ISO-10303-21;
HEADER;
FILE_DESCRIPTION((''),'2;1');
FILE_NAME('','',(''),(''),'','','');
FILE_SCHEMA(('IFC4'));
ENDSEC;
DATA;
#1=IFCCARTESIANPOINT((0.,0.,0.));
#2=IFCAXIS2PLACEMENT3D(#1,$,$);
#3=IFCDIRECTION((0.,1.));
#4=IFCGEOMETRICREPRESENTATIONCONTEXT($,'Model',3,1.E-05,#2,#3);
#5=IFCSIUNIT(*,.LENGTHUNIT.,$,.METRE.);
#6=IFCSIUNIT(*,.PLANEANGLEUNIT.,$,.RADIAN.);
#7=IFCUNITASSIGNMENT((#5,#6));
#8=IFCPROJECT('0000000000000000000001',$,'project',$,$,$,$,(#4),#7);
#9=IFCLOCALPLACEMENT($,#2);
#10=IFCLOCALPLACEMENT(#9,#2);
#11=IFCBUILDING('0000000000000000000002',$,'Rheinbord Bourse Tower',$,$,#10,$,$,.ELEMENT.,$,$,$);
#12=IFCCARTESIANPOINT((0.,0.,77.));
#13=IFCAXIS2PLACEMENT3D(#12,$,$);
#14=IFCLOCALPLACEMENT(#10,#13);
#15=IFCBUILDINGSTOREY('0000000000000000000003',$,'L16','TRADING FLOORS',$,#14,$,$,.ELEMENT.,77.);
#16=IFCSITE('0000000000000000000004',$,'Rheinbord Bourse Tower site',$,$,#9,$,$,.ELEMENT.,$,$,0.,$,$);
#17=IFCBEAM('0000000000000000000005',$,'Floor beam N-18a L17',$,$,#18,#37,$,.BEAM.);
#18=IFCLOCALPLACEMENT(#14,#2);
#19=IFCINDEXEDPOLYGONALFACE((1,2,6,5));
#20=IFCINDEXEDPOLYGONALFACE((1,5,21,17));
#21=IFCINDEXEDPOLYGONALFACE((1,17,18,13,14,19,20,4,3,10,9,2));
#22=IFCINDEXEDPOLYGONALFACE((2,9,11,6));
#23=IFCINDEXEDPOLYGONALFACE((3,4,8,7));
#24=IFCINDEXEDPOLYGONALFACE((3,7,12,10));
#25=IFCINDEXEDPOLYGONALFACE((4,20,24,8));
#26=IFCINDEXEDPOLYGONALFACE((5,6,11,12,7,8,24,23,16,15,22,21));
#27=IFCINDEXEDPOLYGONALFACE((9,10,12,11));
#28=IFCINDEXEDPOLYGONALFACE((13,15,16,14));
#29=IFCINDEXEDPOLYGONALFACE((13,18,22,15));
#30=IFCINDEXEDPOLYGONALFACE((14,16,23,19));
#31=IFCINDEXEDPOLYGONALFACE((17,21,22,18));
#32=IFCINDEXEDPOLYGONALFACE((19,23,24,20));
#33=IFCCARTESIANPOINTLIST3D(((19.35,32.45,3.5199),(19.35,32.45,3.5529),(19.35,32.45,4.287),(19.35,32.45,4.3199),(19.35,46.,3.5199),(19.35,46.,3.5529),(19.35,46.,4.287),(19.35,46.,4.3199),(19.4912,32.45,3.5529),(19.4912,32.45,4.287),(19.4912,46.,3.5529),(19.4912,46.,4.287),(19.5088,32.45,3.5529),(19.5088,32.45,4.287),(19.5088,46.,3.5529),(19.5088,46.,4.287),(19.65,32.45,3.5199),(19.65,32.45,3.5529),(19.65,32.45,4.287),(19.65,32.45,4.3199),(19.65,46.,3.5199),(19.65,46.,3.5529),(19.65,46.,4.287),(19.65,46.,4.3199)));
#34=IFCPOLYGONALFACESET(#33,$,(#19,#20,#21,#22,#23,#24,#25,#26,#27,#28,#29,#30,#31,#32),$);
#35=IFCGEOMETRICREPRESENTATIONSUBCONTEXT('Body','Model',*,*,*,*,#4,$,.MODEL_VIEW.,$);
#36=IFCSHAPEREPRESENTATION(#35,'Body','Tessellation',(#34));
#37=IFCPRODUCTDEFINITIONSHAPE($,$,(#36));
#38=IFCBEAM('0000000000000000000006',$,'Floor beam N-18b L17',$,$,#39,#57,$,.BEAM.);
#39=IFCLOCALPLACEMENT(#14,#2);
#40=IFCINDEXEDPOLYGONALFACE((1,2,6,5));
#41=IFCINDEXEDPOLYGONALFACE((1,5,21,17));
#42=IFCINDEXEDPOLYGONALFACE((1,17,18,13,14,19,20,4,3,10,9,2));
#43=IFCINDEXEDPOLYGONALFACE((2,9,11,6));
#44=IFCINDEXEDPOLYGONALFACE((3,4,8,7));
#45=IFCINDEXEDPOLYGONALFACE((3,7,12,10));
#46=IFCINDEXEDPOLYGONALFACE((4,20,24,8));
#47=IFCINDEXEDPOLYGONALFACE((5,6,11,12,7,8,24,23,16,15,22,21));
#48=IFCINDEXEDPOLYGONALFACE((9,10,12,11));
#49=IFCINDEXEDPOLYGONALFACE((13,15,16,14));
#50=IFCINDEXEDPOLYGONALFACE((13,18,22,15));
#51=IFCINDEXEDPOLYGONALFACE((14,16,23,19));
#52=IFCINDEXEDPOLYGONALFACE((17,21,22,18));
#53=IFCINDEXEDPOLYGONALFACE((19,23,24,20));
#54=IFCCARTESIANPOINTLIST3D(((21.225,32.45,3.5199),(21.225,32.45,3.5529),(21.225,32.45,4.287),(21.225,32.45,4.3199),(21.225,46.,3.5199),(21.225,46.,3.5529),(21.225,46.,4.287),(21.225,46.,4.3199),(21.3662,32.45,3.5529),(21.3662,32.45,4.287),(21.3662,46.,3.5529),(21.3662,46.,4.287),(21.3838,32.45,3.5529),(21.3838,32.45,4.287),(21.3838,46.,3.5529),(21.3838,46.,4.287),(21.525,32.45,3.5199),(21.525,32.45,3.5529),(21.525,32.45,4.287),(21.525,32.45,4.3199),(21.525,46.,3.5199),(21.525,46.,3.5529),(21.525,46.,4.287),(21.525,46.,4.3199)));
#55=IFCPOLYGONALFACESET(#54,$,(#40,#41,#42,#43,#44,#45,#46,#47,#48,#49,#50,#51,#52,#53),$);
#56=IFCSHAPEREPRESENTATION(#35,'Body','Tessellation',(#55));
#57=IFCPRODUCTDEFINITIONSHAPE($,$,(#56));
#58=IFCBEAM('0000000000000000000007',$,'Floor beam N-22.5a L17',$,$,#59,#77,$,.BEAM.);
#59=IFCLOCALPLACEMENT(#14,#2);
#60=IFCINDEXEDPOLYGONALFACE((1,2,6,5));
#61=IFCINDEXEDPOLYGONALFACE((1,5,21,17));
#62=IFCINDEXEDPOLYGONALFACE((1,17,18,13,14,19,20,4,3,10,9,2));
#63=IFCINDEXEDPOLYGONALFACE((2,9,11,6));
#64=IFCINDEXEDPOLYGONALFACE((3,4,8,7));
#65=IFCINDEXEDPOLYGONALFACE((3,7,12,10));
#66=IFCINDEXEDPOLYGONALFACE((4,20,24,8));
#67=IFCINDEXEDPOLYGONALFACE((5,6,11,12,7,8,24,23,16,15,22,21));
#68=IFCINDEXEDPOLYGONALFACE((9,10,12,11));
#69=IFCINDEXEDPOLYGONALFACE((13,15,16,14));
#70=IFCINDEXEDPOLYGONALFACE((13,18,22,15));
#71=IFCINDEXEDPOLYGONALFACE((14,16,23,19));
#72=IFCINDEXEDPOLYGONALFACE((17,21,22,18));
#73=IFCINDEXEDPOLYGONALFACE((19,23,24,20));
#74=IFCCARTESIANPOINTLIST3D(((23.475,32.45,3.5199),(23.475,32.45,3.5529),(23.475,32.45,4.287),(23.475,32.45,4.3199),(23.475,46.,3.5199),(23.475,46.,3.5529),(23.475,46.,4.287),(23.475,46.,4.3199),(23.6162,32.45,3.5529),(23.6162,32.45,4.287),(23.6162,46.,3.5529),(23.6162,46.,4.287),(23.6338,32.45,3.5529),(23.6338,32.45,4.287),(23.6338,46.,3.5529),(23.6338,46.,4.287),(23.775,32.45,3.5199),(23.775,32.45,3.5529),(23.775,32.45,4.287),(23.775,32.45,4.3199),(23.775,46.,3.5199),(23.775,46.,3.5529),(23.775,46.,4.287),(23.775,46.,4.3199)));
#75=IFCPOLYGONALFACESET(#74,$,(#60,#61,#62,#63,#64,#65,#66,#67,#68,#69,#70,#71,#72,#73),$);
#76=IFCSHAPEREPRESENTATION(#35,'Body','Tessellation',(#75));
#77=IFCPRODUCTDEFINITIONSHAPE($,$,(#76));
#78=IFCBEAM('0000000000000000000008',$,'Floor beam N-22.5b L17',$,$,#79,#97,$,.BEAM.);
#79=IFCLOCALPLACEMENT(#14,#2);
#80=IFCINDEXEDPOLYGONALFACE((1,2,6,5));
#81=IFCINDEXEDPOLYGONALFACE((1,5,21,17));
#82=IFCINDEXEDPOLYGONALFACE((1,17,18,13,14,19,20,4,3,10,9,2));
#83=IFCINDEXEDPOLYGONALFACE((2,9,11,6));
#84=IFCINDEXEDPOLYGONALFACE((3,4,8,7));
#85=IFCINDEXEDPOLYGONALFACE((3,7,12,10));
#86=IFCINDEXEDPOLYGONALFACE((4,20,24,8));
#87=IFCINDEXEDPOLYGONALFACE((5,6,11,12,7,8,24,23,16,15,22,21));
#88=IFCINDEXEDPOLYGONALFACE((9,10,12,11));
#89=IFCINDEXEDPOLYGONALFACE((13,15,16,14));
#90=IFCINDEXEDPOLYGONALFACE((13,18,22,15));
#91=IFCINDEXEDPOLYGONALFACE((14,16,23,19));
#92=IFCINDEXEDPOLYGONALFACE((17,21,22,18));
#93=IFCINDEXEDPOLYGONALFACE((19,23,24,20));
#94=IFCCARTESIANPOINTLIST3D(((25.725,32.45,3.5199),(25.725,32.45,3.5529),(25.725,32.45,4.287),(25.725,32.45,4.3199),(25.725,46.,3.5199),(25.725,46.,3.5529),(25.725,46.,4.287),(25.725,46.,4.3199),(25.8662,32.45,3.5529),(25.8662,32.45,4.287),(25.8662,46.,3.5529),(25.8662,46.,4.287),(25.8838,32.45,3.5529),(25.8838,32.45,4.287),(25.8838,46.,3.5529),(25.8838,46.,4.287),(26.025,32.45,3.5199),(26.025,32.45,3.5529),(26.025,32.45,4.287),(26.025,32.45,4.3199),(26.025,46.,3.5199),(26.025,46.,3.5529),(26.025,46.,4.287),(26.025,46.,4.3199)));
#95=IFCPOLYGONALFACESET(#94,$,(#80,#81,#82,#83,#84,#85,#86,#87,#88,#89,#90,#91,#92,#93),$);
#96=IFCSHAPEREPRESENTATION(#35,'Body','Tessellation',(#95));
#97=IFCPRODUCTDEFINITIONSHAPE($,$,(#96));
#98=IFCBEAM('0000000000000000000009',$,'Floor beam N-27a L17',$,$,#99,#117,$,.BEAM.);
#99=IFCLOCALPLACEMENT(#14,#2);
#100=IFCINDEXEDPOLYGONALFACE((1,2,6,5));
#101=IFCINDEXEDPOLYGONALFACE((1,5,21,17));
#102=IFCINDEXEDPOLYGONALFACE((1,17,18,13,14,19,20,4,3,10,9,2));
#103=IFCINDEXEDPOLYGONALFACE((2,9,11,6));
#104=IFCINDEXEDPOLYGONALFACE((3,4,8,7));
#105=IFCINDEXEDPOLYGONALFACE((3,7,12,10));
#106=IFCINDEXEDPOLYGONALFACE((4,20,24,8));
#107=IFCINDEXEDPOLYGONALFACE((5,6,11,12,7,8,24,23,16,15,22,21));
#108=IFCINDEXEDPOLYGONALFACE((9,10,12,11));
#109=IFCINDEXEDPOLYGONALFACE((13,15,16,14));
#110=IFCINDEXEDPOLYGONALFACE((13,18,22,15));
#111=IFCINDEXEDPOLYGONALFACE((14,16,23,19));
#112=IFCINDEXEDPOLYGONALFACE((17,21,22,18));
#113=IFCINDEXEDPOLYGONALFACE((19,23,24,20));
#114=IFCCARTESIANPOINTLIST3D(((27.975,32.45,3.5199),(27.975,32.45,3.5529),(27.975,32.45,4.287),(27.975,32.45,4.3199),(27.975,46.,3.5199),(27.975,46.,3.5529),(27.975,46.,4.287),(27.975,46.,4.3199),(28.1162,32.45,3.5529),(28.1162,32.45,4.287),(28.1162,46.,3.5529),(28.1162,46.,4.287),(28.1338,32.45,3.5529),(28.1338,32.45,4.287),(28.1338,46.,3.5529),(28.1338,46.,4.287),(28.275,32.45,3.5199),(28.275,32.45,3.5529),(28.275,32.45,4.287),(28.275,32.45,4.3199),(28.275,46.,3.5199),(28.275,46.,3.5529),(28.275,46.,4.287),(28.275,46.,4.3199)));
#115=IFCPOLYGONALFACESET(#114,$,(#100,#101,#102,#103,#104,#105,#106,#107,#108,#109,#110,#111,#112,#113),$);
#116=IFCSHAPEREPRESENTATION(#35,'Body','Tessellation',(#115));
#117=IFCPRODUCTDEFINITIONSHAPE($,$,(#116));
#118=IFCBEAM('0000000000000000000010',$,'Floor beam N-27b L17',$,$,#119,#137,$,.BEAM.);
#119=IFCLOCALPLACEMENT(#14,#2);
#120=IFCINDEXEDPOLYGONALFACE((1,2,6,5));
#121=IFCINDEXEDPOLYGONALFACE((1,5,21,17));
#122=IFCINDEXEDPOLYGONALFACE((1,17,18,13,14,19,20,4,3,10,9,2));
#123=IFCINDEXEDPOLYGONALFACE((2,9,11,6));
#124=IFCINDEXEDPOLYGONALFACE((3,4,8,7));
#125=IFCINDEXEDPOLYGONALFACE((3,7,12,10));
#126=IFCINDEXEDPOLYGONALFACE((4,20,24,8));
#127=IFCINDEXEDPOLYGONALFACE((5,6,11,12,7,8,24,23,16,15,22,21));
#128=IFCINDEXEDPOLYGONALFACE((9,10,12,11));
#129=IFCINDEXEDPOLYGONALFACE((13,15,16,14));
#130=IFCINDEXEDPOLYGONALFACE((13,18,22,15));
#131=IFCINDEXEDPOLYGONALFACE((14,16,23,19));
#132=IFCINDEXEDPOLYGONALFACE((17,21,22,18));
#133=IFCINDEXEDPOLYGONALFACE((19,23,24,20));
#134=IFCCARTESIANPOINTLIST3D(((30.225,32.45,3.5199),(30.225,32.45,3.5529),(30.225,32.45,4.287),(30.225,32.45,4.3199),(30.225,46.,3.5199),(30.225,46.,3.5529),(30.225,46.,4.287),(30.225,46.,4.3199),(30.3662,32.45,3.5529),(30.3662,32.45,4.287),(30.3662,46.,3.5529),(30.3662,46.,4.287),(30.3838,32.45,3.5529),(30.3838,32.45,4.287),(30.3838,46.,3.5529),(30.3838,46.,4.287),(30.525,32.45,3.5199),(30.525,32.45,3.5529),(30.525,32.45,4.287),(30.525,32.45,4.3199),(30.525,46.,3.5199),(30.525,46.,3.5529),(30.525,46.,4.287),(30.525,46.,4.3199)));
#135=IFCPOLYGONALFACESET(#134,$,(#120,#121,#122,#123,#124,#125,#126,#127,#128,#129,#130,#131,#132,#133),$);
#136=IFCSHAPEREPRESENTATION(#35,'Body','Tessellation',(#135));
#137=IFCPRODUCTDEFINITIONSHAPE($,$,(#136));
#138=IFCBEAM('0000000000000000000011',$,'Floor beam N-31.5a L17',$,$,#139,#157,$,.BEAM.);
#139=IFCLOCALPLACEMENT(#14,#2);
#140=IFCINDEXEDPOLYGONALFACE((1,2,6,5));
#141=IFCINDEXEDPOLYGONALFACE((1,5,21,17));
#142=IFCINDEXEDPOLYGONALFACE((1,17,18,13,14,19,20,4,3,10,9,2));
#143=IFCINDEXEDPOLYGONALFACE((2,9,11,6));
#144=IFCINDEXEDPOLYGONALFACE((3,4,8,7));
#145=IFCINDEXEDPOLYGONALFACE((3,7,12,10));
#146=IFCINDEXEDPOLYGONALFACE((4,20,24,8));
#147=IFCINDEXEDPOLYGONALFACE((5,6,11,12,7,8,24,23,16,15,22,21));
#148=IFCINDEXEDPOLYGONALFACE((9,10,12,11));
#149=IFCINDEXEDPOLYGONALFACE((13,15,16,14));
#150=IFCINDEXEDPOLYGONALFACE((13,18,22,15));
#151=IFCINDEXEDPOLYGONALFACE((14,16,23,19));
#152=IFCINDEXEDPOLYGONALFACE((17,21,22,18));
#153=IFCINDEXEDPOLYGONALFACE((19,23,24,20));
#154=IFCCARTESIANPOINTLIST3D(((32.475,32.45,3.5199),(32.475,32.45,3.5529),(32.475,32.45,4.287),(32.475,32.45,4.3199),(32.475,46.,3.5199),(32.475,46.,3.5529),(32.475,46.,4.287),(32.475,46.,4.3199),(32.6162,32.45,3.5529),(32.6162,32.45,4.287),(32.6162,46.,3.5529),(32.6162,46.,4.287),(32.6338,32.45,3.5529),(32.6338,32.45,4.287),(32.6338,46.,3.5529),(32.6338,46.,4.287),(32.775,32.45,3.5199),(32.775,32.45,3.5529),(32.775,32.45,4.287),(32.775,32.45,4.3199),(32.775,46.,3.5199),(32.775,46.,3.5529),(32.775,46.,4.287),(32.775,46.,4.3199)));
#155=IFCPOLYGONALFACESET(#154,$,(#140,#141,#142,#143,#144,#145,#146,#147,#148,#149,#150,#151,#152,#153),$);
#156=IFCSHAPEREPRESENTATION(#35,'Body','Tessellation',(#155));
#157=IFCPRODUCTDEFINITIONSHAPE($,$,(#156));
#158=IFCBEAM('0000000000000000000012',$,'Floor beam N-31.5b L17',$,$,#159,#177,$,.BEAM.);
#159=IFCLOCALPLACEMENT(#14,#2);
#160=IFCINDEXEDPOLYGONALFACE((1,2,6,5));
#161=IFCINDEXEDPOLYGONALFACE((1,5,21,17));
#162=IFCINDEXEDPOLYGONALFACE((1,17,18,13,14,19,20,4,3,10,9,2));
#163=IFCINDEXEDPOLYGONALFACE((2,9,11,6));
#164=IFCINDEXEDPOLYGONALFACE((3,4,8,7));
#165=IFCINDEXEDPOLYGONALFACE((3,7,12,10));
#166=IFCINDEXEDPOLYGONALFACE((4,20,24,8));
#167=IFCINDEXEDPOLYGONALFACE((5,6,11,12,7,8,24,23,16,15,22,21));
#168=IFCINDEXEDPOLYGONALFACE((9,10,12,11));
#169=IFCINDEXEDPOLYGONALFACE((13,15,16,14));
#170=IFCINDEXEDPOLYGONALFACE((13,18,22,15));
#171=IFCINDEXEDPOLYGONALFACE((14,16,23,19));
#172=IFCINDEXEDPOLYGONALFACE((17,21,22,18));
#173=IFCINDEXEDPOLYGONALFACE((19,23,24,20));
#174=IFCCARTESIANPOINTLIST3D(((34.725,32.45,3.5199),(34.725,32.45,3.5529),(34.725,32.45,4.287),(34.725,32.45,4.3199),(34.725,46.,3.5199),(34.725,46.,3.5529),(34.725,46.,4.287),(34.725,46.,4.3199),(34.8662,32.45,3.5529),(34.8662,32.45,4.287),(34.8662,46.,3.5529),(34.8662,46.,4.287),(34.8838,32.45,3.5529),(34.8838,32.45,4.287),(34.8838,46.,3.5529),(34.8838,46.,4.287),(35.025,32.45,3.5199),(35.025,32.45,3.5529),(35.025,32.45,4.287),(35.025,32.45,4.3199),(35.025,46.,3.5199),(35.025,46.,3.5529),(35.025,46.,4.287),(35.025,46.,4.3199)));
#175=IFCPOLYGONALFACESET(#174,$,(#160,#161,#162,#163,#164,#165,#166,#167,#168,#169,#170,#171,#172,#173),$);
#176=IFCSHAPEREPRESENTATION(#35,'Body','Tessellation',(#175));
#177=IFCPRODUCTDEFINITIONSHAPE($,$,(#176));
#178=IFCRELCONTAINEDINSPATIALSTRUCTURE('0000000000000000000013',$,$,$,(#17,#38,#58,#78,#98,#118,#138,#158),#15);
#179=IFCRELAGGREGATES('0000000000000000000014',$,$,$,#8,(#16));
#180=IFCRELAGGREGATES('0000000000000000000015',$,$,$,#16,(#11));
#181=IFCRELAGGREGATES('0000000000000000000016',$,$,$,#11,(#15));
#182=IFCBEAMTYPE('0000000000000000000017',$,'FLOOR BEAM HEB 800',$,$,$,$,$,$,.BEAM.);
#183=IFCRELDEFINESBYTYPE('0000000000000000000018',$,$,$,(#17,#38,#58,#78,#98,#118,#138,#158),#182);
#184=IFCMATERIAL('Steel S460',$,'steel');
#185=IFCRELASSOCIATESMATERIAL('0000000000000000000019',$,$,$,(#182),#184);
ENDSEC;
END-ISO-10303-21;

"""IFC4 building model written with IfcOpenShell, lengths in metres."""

from ifc_helpers import new_model, si_unit, direction, frame, origin, origin_2d, place, context, subcontext, project, spatial, i_section, extrude, material, material_profile, profile_set, type_object, element, save


model = new_model("IFC4")

# Units and contexts
model_context = context("Model", 3, precision=1e-05, world=origin(), true_north=direction((0.0, 1.0)))
body_context = subcontext(model_context, "Body", "Model", "MODEL_VIEW")
ifc_project = project(units=[si_unit("LENGTHUNIT", "METRE"), si_unit("PLANEANGLEUNIT", "RADIAN")], contexts=[model_context])

# Site, building, storey
site_placement = place(None, origin())
site = spatial("IfcSite", under=ifc_project, at=site_placement, Name="Rheinbord Bourse Tower site", CompositionType="ELEMENT", RefElevation=0.0)
building_placement = place(site_placement, origin())
building = spatial("IfcBuilding", under=site, at=building_placement, Name="Rheinbord Bourse Tower", CompositionType="ELEMENT")
storey_placement = place(building_placement, frame((0.0, 0.0, 77.0)))
storey = spatial("IfcBuildingStorey", under=building, at=storey_placement, Name="L16", Description="TRADING FLOORS", CompositionType="ELEMENT", Elevation=77.0)

# Beams
ifc_material_1 = material(Name="Steel S460", Category="steel")
ifc_material_profile_1 = material_profile(ifc_material_1, i_section(OverallWidth=0.3, OverallDepth=0.8, WebThickness=0.0176, FlangeThickness=0.033, at=origin_2d()), Name="HEB 800")
ifc_profile_set_1 = profile_set([ifc_material_profile_1], Name="Steel S460")
beam_type_1 = type_object("IfcBeamType", Name="FLOOR BEAM HEB 800", PredefinedType="BEAM", material=ifc_profile_set_1)
for number, where, z_axis, x_axis, name in (
    (1, (19.5, 46.0, 3.9199), (0.0, -1.0, 0.0), (1.0, 0.0, 0.0), "Floor beam N-18a L17"),
    (2, (21.375, 46.0, 3.9199), (0.0, -1.0, 0.0), (1.0, 0.0, 0.0), "Floor beam N-18b L17"),
    (3, (23.625, 46.0, 3.9199), (0.0, -1.0, 0.0), (1.0, 0.0, 0.0), "Floor beam N-22.5a L17"),
    (4, (25.875, 46.0, 3.9199), (0.0, -1.0, 0.0), (1.0, 0.0, 0.0), "Floor beam N-22.5b L17"),
    (5, (28.125, 46.0, 3.9199), (0.0, -1.0, 0.0), (1.0, 0.0, 0.0), "Floor beam N-27a L17"),
    (6, (30.375, 46.0, 3.9199), (0.0, -1.0, 0.0), (1.0, 0.0, 0.0), "Floor beam N-27b L17"),
    (7, (32.625, 46.0, 3.9199), (0.0, -1.0, 0.0), (1.0, 0.0, 0.0), "Floor beam N-31.5a L17"),
    (8, (34.875, 46.0, 3.9199), (0.0, -1.0, 0.0), (1.0, 0.0, 0.0), "Floor beam N-31.5b L17"),
):
    element("IfcBeam", number, at=place(storey_placement, frame(where, z_axis=z_axis, x_axis=x_axis)), inside=storey, type_object=beam_type_1, Name=name, PredefinedType="BEAM", context=body_context, shape_type="SweptSolid", body=[
        extrude(i_section(OverallWidth=0.3, OverallDepth=0.8, WebThickness=0.0176, FlangeThickness=0.033, at=origin_2d()), origin(), (0.0, 0.0, 1.0), 13.55),
    ])

save(model, "model.ifc")
